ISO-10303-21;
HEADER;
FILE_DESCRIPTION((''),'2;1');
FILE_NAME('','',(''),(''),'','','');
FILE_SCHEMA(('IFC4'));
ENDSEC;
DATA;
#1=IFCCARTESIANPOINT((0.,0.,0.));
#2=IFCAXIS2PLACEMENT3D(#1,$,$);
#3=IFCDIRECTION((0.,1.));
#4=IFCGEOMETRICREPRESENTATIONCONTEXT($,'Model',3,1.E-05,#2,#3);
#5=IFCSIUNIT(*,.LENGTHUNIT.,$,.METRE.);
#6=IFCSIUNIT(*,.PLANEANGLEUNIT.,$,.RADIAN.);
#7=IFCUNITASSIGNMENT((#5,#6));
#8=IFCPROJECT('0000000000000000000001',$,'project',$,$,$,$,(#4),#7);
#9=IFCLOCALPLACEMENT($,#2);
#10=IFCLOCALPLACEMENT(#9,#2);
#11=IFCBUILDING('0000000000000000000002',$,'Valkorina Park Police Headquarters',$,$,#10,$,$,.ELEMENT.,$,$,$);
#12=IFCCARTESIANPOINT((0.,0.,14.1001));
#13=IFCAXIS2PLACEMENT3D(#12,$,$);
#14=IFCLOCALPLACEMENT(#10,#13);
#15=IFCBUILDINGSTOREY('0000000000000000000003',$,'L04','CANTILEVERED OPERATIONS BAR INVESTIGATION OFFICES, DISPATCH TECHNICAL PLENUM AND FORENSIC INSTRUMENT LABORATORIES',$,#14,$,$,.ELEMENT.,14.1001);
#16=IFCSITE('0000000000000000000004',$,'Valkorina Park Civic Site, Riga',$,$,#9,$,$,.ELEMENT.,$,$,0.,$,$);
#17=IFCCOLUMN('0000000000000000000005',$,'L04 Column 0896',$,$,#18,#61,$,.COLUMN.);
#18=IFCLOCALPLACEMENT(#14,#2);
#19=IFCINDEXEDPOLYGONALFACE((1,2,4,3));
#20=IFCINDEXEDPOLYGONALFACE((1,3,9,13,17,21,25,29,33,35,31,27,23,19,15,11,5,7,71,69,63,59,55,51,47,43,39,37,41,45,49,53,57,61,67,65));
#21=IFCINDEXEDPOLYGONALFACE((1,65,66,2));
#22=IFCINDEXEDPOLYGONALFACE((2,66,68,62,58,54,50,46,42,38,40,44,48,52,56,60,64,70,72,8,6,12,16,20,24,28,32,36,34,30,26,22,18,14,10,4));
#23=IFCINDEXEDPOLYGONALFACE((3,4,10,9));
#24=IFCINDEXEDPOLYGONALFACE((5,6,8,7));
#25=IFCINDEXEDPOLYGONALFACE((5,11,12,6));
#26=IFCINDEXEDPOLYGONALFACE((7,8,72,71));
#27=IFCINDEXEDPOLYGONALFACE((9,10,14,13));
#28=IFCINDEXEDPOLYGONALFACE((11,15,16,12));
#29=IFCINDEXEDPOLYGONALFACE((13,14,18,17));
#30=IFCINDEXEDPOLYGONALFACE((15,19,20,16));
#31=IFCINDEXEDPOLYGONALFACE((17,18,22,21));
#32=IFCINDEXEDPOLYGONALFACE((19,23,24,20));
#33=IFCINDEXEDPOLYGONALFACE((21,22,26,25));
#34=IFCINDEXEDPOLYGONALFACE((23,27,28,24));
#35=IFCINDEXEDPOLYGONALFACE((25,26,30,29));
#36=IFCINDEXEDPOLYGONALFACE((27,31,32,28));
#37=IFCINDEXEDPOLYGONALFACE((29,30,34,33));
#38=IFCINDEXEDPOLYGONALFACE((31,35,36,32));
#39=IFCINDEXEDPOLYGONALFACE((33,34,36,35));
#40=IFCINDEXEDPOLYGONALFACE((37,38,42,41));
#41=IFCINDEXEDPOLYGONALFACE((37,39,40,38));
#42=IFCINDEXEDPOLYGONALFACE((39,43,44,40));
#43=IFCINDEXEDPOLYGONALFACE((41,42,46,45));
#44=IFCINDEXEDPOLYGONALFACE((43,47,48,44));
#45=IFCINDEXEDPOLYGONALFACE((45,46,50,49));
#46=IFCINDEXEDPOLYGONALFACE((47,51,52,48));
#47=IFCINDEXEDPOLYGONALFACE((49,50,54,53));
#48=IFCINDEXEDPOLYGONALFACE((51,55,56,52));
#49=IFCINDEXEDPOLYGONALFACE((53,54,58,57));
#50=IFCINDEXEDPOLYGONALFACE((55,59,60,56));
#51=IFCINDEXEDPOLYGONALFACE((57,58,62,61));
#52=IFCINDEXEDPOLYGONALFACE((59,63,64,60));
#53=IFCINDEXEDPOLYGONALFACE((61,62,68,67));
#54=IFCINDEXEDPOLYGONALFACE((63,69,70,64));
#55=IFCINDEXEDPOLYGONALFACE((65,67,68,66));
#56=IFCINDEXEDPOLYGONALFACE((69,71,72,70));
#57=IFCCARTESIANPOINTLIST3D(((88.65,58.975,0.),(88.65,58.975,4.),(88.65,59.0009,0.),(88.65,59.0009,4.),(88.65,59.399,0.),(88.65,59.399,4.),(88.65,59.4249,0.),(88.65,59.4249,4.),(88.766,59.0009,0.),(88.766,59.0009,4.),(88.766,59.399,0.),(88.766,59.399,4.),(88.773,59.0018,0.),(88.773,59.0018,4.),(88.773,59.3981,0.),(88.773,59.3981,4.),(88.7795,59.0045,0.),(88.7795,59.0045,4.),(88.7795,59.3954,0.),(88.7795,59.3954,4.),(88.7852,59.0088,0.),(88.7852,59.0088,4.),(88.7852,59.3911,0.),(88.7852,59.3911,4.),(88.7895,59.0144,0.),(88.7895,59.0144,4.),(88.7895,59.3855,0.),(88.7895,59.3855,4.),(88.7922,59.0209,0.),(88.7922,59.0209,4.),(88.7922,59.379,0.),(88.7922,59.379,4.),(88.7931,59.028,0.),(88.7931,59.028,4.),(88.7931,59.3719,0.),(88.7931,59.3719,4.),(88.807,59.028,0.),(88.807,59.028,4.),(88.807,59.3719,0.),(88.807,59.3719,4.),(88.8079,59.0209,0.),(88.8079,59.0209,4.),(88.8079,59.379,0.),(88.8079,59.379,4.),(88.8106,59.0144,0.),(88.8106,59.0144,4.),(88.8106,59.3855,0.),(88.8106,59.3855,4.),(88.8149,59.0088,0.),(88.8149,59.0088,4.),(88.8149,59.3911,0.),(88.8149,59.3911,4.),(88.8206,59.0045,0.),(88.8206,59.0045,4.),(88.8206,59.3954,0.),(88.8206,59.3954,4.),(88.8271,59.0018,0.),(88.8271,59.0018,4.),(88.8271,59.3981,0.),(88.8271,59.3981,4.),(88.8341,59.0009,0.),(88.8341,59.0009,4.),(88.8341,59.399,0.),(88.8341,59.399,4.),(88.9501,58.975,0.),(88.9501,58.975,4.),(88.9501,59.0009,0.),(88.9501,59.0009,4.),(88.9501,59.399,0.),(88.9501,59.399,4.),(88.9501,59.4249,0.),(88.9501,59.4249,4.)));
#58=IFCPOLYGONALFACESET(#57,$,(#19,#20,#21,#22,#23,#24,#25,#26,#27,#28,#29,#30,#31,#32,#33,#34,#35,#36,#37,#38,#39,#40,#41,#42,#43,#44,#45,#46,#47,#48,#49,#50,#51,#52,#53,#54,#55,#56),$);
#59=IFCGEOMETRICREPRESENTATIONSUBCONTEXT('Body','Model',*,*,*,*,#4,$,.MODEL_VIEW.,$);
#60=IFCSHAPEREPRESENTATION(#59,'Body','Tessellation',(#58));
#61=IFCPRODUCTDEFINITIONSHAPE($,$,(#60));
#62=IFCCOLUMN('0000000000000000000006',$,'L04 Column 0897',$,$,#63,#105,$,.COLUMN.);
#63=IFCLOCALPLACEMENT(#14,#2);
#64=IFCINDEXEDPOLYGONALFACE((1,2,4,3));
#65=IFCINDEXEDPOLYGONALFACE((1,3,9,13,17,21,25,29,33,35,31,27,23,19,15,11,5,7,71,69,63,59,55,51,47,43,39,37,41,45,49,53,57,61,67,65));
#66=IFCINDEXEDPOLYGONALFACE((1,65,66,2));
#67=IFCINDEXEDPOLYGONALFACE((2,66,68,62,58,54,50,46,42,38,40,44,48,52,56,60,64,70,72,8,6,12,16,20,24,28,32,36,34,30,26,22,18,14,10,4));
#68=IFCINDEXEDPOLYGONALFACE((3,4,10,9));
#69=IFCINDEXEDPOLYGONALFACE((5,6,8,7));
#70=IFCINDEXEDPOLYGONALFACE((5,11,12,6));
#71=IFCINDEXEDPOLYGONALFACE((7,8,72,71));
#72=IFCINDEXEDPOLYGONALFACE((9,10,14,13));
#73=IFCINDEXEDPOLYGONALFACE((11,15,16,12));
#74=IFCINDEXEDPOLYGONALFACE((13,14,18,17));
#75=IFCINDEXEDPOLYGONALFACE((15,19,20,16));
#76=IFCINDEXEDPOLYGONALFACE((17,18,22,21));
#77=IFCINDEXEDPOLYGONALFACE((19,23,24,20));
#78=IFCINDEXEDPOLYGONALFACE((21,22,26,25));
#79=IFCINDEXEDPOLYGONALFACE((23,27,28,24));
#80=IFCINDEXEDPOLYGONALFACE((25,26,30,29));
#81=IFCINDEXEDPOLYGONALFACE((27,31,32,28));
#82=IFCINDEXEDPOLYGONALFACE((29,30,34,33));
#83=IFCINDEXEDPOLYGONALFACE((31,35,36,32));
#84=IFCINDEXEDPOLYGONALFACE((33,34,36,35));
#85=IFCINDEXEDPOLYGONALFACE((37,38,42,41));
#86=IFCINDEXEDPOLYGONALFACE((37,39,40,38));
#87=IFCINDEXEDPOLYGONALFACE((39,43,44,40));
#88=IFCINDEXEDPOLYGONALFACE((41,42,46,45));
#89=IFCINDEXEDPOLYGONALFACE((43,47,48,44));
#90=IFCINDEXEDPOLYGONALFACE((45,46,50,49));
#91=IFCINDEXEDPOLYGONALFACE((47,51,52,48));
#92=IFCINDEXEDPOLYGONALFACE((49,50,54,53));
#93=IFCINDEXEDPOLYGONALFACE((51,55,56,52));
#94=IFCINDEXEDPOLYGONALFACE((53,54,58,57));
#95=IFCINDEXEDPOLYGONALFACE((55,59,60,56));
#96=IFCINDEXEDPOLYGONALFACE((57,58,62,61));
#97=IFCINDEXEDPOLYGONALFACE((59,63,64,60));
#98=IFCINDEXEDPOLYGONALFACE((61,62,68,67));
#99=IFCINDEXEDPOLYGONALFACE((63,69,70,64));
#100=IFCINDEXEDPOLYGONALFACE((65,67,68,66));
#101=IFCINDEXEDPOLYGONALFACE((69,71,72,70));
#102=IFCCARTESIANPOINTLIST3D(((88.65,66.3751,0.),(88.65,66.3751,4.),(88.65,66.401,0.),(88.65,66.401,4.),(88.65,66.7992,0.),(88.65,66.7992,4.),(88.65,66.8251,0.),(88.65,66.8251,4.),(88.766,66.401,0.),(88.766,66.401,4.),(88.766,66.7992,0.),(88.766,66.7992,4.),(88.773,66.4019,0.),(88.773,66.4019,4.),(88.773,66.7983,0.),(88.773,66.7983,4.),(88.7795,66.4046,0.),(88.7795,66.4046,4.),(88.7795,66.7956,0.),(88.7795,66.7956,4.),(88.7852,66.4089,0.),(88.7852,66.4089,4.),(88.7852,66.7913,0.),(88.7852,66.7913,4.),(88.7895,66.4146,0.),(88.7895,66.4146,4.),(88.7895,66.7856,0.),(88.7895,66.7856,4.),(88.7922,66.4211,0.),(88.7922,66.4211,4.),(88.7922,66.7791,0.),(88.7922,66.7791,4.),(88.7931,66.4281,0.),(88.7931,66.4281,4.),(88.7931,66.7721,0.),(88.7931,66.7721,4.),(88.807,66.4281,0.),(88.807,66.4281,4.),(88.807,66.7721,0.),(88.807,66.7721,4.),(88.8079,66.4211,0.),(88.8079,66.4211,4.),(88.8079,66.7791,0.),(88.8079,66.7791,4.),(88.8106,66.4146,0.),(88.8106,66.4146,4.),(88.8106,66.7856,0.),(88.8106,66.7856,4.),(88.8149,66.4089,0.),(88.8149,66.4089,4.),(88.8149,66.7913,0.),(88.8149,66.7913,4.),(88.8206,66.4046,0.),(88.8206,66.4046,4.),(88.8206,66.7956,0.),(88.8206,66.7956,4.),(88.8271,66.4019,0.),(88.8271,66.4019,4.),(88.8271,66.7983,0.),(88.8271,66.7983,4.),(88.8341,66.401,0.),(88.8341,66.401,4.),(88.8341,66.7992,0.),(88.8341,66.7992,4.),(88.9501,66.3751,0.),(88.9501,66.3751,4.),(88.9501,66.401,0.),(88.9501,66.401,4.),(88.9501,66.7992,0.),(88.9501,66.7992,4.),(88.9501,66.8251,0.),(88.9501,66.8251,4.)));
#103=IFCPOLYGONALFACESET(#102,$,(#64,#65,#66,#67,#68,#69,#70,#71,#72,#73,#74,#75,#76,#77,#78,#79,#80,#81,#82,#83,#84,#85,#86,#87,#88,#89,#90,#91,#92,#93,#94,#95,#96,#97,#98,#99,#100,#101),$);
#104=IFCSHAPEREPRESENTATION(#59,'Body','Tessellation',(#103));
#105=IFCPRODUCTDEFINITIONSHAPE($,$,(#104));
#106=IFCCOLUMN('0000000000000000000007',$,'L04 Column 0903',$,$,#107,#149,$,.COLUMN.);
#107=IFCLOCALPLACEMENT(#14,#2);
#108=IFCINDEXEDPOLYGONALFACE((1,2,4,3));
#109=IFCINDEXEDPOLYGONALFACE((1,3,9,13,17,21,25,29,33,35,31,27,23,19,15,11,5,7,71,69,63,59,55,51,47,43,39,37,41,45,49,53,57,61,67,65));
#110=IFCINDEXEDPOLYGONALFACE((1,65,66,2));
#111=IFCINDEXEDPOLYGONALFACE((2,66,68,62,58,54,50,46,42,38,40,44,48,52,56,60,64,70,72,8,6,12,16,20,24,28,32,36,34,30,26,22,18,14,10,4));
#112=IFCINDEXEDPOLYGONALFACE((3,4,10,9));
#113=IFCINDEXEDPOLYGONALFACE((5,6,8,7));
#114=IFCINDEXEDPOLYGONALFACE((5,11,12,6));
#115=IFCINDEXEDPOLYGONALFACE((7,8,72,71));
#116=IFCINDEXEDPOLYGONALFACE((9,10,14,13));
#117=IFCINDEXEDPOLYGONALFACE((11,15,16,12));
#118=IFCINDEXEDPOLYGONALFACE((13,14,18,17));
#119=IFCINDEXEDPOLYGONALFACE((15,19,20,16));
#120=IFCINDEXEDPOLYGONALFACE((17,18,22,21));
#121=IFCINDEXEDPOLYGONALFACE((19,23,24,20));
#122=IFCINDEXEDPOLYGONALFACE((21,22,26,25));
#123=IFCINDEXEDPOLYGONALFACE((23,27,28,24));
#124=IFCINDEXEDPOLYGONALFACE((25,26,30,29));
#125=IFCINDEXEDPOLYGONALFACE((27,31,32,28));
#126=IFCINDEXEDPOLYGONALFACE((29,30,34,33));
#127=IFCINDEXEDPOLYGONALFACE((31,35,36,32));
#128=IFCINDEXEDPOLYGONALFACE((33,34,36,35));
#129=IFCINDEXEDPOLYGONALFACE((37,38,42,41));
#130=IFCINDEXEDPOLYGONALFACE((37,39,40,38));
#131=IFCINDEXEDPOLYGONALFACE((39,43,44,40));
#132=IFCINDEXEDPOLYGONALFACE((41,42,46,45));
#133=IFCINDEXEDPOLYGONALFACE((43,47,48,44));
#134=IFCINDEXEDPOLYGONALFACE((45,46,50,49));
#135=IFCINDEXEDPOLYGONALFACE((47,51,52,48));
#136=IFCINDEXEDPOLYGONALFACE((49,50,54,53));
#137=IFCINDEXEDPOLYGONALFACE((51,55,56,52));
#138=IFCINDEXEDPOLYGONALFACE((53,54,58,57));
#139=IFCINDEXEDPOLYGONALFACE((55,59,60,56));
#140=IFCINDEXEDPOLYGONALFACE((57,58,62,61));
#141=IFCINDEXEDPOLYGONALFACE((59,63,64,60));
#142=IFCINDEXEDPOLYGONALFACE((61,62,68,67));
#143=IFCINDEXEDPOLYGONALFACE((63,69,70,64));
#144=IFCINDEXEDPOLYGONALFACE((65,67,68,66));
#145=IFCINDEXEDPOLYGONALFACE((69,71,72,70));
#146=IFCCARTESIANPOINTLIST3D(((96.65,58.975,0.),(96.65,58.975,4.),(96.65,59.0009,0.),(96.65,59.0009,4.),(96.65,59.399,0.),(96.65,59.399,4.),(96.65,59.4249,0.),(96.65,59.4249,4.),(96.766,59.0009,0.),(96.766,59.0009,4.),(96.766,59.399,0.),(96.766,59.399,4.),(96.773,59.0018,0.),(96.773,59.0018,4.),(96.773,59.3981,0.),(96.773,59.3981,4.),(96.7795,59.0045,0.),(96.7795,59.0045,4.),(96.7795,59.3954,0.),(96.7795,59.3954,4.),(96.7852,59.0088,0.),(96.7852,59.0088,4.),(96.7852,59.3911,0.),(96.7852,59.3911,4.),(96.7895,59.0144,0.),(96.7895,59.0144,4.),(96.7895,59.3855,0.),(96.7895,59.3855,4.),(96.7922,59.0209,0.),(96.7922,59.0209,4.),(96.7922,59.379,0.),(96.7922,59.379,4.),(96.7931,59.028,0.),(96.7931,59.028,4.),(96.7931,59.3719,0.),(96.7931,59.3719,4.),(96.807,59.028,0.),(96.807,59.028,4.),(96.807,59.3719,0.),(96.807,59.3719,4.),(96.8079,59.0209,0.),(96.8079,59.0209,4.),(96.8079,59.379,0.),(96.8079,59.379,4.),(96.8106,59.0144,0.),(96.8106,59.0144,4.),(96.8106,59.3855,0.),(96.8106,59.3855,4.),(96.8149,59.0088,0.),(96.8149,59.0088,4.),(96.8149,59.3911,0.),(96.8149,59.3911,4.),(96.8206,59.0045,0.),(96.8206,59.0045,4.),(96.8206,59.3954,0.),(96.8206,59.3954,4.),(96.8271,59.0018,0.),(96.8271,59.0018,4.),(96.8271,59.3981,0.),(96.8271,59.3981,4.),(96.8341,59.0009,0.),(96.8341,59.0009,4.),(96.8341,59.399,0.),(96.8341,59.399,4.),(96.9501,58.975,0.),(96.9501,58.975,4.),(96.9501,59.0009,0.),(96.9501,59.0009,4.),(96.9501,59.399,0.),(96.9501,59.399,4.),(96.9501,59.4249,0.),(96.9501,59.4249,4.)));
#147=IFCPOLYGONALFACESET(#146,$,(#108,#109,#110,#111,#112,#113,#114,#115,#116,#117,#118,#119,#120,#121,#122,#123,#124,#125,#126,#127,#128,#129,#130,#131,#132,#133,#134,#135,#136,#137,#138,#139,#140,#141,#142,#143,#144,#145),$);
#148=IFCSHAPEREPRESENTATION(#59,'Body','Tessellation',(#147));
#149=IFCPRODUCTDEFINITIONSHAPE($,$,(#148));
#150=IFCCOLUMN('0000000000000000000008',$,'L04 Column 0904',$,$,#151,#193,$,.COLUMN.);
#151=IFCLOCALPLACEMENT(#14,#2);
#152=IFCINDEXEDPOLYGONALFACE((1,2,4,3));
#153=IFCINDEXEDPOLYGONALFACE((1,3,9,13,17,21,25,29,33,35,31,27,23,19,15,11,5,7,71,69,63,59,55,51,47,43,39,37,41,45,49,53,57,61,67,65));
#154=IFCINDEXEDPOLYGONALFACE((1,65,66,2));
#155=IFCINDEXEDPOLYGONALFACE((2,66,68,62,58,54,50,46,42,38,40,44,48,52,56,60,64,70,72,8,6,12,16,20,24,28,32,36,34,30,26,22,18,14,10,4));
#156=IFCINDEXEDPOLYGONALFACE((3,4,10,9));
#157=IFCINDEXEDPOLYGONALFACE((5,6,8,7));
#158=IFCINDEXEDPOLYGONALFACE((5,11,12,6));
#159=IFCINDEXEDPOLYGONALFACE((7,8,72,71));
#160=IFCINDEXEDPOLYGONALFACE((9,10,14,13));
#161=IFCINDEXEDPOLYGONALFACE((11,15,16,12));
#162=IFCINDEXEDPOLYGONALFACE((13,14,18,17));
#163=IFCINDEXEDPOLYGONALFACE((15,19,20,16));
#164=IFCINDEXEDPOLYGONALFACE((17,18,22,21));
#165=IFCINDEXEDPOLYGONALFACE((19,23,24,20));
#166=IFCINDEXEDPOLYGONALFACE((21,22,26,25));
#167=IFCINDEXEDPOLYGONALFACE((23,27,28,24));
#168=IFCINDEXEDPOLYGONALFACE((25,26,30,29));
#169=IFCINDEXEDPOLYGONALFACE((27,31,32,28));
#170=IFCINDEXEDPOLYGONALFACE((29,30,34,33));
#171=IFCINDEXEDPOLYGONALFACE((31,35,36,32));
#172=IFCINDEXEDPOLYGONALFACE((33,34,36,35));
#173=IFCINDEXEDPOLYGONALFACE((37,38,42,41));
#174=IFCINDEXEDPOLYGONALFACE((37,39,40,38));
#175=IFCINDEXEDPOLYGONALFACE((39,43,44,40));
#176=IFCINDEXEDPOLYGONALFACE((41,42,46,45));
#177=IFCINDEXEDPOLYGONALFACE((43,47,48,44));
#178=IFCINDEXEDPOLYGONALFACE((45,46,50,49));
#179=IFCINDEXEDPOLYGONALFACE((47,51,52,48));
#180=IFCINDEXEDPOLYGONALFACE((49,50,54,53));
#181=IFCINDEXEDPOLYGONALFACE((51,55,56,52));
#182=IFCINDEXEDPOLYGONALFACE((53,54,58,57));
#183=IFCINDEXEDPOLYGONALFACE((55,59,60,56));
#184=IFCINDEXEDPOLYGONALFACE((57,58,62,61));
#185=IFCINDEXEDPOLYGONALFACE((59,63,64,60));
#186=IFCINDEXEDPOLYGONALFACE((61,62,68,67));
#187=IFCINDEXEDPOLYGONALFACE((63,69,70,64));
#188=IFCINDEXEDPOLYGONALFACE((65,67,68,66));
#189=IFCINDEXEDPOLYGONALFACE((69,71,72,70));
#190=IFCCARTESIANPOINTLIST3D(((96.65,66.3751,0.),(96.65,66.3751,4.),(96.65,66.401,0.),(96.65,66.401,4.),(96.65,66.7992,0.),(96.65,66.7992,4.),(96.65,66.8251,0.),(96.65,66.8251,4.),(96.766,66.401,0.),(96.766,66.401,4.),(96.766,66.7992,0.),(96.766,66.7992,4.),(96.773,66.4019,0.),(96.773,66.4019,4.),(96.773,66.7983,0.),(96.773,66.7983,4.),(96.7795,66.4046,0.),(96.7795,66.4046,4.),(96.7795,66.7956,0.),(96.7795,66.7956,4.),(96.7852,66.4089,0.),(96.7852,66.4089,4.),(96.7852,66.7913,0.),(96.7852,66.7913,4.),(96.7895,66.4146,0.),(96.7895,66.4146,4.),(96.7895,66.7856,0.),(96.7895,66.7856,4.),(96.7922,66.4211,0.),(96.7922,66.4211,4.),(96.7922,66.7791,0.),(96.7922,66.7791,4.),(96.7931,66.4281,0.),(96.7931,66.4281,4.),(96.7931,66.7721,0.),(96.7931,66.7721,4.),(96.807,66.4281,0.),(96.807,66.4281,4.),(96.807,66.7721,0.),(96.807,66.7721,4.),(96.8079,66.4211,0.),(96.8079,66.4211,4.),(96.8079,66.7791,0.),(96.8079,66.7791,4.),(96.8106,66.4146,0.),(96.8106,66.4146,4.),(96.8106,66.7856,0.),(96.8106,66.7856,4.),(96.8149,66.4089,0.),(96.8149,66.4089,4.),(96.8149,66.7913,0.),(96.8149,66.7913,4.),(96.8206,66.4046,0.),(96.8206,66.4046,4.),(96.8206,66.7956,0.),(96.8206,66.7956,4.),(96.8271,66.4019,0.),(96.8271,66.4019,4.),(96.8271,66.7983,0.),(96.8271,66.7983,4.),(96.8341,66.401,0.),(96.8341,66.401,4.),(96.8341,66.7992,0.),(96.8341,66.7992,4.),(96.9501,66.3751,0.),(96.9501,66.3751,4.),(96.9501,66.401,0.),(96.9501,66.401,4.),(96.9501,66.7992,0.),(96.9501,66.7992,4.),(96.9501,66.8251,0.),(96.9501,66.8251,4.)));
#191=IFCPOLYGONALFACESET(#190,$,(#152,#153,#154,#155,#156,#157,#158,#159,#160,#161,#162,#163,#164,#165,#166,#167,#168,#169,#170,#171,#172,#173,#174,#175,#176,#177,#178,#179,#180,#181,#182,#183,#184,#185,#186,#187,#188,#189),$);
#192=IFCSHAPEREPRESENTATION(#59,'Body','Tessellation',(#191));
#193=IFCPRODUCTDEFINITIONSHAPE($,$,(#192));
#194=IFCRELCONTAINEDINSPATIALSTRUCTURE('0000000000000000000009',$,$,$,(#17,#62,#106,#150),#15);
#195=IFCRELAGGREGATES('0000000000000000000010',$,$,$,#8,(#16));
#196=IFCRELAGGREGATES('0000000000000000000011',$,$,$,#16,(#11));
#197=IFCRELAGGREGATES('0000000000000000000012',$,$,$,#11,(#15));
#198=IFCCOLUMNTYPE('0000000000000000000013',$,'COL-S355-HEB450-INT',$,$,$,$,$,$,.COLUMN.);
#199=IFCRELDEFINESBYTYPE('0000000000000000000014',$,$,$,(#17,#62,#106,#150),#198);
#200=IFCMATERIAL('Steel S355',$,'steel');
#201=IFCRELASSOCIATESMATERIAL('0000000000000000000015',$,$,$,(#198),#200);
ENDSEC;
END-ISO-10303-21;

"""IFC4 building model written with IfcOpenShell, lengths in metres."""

from ifc_helpers import new_model, si_unit, direction, frame, origin, origin_2d, place, context, subcontext, project, spatial, i_section, extrude, material, material_profile, profile_set, type_object, element, save


model = new_model("IFC4")

# Units and contexts
model_context = context("Model", 3, precision=1e-05, world=origin(), true_north=direction((0.0, 1.0)))
body_context = subcontext(model_context, "Body", "Model", "MODEL_VIEW")
ifc_project = project(units=[si_unit("LENGTHUNIT", "METRE"), si_unit("PLANEANGLEUNIT", "RADIAN")], contexts=[model_context])

# Site, building, storey
site_placement = place(None, origin())
site = spatial("IfcSite", under=ifc_project, at=site_placement, Name="Valkorina Park Civic Site, Riga", CompositionType="ELEMENT", RefElevation=0.0)
building_placement = place(site_placement, origin())
building = spatial("IfcBuilding", under=site, at=building_placement, Name="Valkorina Park Police Headquarters", CompositionType="ELEMENT")
storey_placement = place(building_placement, frame((0.0, 0.0, 14.1001)))
storey = spatial("IfcBuildingStorey", under=building, at=storey_placement, Name="L04", Description="CANTILEVERED OPERATIONS BAR INVESTIGATION OFFICES, DISPATCH TECHNICAL PLENUM AND FORENSIC INSTRUMENT LABORATORIES", CompositionType="ELEMENT", Elevation=14.1001)

# Columns
ifc_material_1 = material(Name="Steel S355", Category="steel")
ifc_material_profile_1 = material_profile(ifc_material_1, i_section(OverallWidth=0.3, OverallDepth=0.45, WebThickness=0.0139, FlangeThickness=0.0259, FilletRadius=0.0271, at=origin_2d()), Name="HEB 450")
ifc_profile_set_1 = profile_set([ifc_material_profile_1], Name="Steel S355")
column_type = type_object("IfcColumnType", Name="COL-S355-HEB450-INT", PredefinedType="COLUMN", material=ifc_profile_set_1)
for number, where, z_axis, x_axis, name in (
    (1, (88.8, 59.2, 0.0), (0.0, 0.0, 1.0), (1.0, 0.0, 0.0), "L04 Column 0896"),
    (2, (88.8, 66.6001, 0.0), (0.0, 0.0, 1.0), (1.0, 0.0, 0.0), "L04 Column 0897"),
    (3, (96.8, 59.2, 0.0), (0.0, 0.0, 1.0), (1.0, 0.0, 0.0), "L04 Column 0903"),
    (4, (96.8, 66.6001, 0.0), (0.0, 0.0, 1.0), (1.0, 0.0, 0.0), "L04 Column 0904"),
):
    element("IfcColumn", number, at=place(storey_placement, frame(where, z_axis=z_axis, x_axis=x_axis)), inside=storey, type_object=column_type, Name=name, PredefinedType="COLUMN", context=body_context, shape_type="SweptSolid", body=[
        extrude(i_section(OverallWidth=0.3, OverallDepth=0.45, WebThickness=0.0139, FlangeThickness=0.0259, FilletRadius=0.0271, at=origin_2d()), origin(), (0.0, 0.0, 1.0), 4.0),
    ])

save(model, "model.ifc")
